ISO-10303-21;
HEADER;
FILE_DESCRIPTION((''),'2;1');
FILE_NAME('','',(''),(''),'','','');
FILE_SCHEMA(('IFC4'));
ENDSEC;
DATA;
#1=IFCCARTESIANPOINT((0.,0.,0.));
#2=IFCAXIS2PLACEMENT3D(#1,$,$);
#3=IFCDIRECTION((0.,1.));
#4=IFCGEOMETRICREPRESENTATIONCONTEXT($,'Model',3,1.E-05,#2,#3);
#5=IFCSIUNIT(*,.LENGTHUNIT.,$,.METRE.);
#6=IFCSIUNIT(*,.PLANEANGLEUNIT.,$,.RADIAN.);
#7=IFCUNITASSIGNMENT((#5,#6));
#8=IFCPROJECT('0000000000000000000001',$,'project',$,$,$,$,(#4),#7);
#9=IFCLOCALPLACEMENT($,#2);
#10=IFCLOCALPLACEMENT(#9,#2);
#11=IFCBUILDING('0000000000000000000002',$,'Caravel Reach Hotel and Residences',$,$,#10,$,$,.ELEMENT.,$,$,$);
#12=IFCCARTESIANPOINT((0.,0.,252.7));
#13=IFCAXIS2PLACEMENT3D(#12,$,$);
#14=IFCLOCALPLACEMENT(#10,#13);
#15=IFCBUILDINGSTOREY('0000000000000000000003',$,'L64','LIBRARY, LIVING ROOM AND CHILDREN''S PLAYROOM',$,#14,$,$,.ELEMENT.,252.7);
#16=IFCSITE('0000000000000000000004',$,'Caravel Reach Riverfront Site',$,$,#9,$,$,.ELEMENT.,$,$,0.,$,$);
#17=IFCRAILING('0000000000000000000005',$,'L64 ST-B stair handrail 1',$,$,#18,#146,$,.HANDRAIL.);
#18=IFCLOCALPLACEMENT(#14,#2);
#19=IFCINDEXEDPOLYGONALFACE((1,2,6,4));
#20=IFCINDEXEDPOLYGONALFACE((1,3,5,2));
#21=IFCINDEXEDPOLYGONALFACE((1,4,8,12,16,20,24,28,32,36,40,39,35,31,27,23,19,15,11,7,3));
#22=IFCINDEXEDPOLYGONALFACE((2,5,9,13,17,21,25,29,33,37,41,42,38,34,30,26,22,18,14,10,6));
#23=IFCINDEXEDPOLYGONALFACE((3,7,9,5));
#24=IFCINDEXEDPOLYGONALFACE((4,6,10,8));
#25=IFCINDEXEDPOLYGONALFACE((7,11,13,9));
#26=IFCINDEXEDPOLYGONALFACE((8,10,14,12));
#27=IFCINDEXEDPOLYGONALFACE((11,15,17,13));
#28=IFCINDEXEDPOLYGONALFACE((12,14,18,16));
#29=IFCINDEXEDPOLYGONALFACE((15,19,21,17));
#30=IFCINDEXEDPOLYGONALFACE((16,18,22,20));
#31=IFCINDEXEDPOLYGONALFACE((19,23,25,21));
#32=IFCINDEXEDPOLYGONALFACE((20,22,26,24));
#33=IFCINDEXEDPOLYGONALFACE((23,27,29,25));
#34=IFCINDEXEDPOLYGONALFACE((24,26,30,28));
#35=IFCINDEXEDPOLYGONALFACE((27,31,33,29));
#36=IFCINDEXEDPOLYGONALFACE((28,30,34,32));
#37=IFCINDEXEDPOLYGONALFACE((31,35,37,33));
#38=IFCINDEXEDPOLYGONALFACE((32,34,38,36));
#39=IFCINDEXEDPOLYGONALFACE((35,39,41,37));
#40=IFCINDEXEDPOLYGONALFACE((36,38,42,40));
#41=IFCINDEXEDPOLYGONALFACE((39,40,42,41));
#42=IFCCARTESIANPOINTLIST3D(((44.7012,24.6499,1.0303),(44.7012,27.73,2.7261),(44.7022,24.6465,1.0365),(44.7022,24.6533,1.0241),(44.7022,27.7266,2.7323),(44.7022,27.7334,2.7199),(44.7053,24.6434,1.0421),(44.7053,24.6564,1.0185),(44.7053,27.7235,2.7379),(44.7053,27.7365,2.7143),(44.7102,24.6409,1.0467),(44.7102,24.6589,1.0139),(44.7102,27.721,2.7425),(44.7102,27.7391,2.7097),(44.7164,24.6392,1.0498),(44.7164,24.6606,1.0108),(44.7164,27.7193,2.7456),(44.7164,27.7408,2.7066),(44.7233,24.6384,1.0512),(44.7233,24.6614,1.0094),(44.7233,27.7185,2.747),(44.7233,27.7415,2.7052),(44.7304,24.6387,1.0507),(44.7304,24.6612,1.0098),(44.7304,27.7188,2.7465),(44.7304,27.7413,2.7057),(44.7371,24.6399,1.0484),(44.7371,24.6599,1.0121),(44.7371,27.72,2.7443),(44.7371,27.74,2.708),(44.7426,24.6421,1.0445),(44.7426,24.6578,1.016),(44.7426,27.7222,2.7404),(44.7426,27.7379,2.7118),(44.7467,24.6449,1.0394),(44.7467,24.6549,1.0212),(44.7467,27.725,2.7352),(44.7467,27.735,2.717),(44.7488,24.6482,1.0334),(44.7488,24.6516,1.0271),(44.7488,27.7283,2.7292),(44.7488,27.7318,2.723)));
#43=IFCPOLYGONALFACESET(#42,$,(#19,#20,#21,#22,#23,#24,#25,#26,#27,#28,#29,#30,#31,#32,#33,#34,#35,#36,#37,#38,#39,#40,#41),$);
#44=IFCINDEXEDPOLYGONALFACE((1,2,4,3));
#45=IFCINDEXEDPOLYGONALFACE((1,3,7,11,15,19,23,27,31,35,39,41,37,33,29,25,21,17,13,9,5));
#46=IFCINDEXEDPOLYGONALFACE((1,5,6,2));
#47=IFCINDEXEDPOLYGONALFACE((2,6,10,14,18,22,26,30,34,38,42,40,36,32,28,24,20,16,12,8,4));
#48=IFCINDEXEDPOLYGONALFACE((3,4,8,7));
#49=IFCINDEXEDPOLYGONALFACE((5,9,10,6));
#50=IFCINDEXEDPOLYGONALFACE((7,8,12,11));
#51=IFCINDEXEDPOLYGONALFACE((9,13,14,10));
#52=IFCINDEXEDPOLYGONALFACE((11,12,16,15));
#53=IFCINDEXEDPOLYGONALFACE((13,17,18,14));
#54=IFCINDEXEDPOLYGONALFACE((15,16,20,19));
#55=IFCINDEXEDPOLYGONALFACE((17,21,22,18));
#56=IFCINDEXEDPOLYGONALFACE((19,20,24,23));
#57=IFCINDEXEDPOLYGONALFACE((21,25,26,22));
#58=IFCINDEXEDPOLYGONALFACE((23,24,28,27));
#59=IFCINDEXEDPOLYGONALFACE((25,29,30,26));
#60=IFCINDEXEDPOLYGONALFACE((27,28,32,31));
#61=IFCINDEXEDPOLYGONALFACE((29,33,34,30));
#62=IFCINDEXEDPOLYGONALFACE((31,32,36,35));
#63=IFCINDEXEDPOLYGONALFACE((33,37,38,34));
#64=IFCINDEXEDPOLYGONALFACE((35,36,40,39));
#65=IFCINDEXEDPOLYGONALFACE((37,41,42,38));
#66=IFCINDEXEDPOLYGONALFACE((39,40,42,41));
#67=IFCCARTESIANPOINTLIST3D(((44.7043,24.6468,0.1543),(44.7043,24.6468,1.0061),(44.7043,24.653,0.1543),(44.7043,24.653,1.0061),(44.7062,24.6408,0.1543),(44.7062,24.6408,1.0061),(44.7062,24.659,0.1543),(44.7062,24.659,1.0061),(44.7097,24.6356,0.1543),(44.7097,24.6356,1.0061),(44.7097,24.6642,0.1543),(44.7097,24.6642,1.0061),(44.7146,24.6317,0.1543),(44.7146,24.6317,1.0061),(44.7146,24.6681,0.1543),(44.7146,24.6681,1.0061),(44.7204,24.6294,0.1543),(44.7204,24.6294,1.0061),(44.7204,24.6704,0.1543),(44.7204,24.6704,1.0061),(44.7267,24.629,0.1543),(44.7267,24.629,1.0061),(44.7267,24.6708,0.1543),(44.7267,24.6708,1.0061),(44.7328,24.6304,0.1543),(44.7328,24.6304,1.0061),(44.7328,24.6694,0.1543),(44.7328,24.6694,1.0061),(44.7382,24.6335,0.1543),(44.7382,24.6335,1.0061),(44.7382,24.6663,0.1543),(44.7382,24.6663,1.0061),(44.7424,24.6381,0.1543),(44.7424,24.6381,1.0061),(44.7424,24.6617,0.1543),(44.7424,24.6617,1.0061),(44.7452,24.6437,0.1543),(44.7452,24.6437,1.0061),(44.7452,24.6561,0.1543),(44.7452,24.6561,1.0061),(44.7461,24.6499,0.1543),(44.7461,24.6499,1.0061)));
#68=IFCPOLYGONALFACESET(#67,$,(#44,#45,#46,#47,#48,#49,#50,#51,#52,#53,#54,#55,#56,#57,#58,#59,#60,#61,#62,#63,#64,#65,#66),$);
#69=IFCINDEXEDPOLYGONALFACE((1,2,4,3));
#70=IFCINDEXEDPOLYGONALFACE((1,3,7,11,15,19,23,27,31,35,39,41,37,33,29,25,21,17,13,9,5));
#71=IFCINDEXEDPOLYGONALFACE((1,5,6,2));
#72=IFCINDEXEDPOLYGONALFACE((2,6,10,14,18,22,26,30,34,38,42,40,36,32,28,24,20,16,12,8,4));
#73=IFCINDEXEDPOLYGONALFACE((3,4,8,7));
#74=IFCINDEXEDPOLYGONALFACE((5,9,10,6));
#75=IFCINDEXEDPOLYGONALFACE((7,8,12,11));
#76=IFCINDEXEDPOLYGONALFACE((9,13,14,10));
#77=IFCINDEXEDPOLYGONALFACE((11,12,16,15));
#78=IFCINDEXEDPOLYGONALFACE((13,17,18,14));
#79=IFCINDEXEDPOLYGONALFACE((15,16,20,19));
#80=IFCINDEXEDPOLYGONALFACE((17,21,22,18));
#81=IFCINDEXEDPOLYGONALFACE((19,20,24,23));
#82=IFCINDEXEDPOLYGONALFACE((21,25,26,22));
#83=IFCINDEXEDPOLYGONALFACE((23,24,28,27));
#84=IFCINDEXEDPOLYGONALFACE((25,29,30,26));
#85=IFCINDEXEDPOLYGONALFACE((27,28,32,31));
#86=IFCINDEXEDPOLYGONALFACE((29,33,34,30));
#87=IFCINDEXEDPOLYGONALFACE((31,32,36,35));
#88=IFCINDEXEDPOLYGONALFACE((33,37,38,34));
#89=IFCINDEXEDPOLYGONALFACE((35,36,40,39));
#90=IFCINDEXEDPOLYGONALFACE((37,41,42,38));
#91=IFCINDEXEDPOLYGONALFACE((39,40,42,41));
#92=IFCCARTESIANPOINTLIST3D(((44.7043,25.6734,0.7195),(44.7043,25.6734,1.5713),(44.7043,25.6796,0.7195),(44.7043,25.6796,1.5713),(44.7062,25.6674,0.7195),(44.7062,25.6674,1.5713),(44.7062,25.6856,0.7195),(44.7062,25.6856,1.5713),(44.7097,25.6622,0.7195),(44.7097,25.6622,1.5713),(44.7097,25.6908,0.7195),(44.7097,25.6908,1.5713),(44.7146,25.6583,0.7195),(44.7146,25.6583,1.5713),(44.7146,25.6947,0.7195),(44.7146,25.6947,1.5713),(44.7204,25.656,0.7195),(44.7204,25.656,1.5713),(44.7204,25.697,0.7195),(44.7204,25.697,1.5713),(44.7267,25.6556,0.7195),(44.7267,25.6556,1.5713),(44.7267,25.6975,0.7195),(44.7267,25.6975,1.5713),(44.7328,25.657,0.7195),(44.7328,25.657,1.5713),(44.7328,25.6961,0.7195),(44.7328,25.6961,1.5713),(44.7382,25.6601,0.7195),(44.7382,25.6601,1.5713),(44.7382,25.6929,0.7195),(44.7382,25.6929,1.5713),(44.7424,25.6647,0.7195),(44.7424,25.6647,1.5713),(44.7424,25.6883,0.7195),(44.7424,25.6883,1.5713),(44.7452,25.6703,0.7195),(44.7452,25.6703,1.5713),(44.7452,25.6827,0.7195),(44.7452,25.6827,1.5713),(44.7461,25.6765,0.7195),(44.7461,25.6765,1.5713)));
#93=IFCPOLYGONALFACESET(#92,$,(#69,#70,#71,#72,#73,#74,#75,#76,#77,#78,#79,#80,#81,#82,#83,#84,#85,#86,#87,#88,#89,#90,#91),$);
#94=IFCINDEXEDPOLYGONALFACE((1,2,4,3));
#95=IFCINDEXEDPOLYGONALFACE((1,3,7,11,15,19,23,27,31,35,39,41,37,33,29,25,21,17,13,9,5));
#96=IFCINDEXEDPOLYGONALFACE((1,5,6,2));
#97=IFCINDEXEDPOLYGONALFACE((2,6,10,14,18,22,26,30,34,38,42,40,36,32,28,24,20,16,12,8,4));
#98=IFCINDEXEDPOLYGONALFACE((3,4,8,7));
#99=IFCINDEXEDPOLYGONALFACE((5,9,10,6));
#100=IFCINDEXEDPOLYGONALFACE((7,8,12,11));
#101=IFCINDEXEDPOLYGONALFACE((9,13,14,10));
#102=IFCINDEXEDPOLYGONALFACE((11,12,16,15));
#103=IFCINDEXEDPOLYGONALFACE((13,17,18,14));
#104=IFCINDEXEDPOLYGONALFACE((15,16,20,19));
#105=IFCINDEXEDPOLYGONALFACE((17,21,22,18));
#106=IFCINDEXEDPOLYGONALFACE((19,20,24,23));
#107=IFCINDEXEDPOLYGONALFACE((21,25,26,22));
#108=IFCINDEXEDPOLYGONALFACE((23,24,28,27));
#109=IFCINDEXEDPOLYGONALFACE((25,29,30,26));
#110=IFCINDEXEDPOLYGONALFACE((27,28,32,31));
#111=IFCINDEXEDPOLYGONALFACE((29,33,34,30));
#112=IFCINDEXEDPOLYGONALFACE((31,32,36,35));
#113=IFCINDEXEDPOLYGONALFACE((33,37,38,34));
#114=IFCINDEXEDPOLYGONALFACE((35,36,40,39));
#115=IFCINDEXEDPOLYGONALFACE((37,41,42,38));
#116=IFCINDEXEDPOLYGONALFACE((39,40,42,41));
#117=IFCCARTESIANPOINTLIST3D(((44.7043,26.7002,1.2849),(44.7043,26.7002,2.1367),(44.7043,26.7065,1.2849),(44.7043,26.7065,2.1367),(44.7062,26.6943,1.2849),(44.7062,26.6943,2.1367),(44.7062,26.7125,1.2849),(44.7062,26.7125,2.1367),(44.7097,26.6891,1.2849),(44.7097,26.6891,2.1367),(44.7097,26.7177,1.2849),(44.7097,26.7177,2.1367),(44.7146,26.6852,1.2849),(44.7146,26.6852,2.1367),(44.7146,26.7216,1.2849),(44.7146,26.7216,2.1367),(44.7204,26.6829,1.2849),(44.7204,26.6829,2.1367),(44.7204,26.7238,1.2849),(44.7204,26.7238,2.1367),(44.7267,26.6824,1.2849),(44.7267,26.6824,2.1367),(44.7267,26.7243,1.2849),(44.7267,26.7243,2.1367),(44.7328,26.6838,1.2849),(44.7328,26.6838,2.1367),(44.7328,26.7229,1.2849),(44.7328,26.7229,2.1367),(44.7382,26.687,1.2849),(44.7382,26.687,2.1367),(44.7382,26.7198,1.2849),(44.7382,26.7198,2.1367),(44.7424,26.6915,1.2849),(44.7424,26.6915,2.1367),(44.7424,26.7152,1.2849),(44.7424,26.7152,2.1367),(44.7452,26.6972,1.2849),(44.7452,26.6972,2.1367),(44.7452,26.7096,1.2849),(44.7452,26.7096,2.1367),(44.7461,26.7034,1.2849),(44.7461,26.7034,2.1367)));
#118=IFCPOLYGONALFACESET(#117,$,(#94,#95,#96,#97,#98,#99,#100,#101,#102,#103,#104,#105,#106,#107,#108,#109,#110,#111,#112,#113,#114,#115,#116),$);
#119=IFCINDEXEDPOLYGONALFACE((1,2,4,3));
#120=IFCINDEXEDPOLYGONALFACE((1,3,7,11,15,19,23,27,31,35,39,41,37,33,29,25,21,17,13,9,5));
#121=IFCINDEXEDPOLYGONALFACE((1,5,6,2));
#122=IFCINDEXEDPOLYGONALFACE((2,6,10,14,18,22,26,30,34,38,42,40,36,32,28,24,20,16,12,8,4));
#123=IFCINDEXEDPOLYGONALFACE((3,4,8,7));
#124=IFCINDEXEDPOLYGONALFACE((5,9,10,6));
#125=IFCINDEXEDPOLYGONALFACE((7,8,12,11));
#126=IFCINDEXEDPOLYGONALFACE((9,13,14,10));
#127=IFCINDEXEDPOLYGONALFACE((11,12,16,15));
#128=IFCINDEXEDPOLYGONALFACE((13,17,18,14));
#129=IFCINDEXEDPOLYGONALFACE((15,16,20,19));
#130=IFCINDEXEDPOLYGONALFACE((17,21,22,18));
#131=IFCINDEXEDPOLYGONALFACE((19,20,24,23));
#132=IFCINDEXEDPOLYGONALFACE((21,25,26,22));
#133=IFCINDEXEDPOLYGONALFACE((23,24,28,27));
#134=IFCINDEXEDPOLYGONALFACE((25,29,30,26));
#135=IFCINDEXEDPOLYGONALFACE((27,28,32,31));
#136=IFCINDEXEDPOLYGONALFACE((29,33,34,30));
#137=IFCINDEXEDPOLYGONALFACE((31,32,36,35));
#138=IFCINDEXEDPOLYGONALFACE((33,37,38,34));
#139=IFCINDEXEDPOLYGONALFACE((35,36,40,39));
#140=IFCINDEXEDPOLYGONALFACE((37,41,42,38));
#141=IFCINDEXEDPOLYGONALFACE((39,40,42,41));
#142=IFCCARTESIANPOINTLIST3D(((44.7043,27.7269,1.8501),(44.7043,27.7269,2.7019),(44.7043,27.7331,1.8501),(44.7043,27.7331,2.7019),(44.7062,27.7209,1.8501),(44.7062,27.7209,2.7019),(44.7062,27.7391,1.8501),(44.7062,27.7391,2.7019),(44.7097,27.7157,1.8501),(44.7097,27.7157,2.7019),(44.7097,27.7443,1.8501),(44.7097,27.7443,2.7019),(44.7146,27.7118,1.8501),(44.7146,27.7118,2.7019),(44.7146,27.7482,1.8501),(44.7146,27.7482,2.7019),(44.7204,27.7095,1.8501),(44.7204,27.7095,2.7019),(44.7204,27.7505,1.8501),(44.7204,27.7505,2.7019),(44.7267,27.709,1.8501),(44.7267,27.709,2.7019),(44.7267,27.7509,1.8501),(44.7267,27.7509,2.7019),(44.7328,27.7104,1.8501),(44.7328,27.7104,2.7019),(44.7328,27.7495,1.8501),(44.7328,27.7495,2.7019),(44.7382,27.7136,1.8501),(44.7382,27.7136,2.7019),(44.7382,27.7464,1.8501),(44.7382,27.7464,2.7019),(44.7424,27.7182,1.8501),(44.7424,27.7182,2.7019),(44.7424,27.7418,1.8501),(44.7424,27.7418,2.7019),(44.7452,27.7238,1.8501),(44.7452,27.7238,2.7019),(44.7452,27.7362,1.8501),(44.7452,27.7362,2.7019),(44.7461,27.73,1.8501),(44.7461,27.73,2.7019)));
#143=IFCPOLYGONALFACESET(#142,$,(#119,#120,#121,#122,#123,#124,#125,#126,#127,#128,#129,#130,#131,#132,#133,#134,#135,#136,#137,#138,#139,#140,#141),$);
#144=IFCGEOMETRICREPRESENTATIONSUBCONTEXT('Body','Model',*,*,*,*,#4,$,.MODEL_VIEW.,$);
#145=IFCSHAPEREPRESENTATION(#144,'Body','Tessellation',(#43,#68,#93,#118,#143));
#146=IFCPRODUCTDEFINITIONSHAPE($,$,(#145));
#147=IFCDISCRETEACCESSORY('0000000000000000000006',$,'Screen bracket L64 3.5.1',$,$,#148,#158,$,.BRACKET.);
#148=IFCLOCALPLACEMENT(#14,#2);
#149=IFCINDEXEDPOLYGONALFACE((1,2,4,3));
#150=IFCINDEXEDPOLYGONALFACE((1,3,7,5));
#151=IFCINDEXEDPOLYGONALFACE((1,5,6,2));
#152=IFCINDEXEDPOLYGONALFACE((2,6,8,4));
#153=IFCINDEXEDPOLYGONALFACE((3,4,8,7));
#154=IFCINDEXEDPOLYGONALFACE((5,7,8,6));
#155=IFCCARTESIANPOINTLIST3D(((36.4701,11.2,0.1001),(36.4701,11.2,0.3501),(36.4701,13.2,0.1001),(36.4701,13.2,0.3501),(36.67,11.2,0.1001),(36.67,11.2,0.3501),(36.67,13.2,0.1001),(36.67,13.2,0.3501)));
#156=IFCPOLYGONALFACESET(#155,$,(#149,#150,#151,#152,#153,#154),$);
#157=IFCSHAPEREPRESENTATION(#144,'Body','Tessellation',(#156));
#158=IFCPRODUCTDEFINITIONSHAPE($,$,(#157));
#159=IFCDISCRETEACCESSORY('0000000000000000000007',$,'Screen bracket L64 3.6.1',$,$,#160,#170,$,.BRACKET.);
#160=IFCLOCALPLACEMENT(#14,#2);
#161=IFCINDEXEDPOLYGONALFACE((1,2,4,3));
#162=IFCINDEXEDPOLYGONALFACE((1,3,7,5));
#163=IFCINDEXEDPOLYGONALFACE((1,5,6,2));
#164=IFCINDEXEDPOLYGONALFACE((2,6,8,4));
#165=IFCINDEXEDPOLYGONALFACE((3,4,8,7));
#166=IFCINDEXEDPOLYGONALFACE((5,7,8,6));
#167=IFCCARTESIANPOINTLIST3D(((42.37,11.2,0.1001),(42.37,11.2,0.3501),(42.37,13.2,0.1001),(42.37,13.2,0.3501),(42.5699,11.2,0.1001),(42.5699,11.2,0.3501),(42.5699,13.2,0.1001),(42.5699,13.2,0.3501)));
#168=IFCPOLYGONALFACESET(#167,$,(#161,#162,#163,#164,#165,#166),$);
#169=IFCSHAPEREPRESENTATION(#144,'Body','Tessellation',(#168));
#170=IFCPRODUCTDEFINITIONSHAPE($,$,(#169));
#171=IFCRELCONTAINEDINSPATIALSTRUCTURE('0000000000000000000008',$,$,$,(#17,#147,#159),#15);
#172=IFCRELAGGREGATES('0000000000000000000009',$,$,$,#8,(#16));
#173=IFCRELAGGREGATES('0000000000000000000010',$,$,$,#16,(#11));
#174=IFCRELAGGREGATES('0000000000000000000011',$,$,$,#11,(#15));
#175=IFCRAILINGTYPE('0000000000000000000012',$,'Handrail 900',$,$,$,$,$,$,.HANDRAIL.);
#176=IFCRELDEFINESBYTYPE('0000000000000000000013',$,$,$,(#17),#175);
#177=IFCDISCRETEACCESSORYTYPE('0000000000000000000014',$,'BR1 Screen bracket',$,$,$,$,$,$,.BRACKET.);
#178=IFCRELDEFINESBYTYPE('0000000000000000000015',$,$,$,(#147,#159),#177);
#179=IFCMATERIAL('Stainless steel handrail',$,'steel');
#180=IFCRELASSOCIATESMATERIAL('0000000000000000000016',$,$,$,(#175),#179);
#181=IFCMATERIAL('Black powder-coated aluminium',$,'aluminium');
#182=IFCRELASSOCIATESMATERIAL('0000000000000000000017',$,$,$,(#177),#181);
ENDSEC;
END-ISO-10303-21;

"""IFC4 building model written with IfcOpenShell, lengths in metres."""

from ifc_helpers import new_model, si_unit, direction, frame, origin, origin_2d, place, context, subcontext, project, spatial, rectangle, circle, extrude, material, type_object, element, save


model = new_model("IFC4")

# Units and contexts
model_context = context("Model", 3, precision=1e-05, world=origin(), true_north=direction((0.0, 1.0)))
body_context = subcontext(model_context, "Body", "Model", "MODEL_VIEW")
ifc_project = project(units=[si_unit("LENGTHUNIT", "METRE"), si_unit("PLANEANGLEUNIT", "RADIAN")], contexts=[model_context])

# Site, building, storey
site_placement = place(None, origin())
site = spatial("IfcSite", under=ifc_project, at=site_placement, Name="Caravel Reach Riverfront Site", CompositionType="ELEMENT", RefElevation=0.0)
building_placement = place(site_placement, origin())
building = spatial("IfcBuilding", under=site, at=building_placement, Name="Caravel Reach Hotel and Residences", CompositionType="ELEMENT")
storey_placement = place(building_placement, frame((0.0, 0.0, 252.7)))
storey = spatial("IfcBuildingStorey", under=building, at=storey_placement, Name="L64", Description="LIBRARY, LIVING ROOM AND CHILDREN'S PLAYROOM", CompositionType="ELEMENT", Elevation=252.7)

# Railing
ifc_material_1 = material(Name="Stainless steel handrail", Category="steel")
railing_type_1 = type_object("IfcRailingType", Name="Handrail 900", PredefinedType="HANDRAIL", material=ifc_material_1)
railing_1_placement = place(storey_placement, frame((44.7251, 24.6499, 0.1543)))
element("IfcRailing", 1, at=railing_1_placement, inside=storey, type_object=railing_type_1, Name="L64 ST-B stair handrail 1", PredefinedType="HANDRAIL", context=body_context, shape_type="SweptSolid", body=[
    extrude(circle(Radius=0.0239, at=origin_2d()), frame((0.0, 0.0, 0.876), z_axis=(0.0, 0.876005, 0.482303), x_axis=(-1.0, 0.0, 0.0)), (0.0, 0.0, 1.0), 3.5161),
    extrude(circle(Radius=0.021, at=origin_2d()), origin(), (0.0, 0.0, 1.0), 0.8518),
    extrude(circle(Radius=0.021, at=origin_2d()), frame((0.0, 1.0266, 0.5652)), (0.0, 0.0, 1.0), 0.8518),
    extrude(circle(Radius=0.021, at=origin_2d()), frame((0.0, 2.0535, 1.1306)), (0.0, 0.0, 1.0), 0.8518),
    extrude(circle(Radius=0.021, at=origin_2d()), frame((0.0, 3.0801, 1.6958)), (0.0, 0.0, 1.0), 0.8518),
])

# Discrete accessories
ifc_material_2 = material(Name="Black powder-coated aluminium", Category="aluminium")
discrete_accessory_type = type_object("IfcDiscreteAccessoryType", Name="BR1 Screen bracket", PredefinedType="BRACKET", material=ifc_material_2)
for number, where, z_axis, x_axis, name in (
    (2, (36.5701, 12.2, 0.1001), (0.0, 0.0, 1.0), (0.0, -1.0, 0.0), "Screen bracket L64 3.5.1"),
    (3, (42.47, 12.2, 0.1001), (0.0, 0.0, 1.0), (0.0, -1.0, 0.0), "Screen bracket L64 3.6.1"),
):
    element("IfcDiscreteAccessory", number, at=place(storey_placement, frame(where, z_axis=z_axis, x_axis=x_axis)), inside=storey, type_object=discrete_accessory_type, Name=name, PredefinedType="BRACKET", context=body_context, shape_type="SweptSolid", body=[
        extrude(rectangle(XDim=2.0, YDim=0.2, at=origin_2d()), origin(), (0.0, 0.0, 1.0), 0.25),
    ])

save(model, "model.ifc")
